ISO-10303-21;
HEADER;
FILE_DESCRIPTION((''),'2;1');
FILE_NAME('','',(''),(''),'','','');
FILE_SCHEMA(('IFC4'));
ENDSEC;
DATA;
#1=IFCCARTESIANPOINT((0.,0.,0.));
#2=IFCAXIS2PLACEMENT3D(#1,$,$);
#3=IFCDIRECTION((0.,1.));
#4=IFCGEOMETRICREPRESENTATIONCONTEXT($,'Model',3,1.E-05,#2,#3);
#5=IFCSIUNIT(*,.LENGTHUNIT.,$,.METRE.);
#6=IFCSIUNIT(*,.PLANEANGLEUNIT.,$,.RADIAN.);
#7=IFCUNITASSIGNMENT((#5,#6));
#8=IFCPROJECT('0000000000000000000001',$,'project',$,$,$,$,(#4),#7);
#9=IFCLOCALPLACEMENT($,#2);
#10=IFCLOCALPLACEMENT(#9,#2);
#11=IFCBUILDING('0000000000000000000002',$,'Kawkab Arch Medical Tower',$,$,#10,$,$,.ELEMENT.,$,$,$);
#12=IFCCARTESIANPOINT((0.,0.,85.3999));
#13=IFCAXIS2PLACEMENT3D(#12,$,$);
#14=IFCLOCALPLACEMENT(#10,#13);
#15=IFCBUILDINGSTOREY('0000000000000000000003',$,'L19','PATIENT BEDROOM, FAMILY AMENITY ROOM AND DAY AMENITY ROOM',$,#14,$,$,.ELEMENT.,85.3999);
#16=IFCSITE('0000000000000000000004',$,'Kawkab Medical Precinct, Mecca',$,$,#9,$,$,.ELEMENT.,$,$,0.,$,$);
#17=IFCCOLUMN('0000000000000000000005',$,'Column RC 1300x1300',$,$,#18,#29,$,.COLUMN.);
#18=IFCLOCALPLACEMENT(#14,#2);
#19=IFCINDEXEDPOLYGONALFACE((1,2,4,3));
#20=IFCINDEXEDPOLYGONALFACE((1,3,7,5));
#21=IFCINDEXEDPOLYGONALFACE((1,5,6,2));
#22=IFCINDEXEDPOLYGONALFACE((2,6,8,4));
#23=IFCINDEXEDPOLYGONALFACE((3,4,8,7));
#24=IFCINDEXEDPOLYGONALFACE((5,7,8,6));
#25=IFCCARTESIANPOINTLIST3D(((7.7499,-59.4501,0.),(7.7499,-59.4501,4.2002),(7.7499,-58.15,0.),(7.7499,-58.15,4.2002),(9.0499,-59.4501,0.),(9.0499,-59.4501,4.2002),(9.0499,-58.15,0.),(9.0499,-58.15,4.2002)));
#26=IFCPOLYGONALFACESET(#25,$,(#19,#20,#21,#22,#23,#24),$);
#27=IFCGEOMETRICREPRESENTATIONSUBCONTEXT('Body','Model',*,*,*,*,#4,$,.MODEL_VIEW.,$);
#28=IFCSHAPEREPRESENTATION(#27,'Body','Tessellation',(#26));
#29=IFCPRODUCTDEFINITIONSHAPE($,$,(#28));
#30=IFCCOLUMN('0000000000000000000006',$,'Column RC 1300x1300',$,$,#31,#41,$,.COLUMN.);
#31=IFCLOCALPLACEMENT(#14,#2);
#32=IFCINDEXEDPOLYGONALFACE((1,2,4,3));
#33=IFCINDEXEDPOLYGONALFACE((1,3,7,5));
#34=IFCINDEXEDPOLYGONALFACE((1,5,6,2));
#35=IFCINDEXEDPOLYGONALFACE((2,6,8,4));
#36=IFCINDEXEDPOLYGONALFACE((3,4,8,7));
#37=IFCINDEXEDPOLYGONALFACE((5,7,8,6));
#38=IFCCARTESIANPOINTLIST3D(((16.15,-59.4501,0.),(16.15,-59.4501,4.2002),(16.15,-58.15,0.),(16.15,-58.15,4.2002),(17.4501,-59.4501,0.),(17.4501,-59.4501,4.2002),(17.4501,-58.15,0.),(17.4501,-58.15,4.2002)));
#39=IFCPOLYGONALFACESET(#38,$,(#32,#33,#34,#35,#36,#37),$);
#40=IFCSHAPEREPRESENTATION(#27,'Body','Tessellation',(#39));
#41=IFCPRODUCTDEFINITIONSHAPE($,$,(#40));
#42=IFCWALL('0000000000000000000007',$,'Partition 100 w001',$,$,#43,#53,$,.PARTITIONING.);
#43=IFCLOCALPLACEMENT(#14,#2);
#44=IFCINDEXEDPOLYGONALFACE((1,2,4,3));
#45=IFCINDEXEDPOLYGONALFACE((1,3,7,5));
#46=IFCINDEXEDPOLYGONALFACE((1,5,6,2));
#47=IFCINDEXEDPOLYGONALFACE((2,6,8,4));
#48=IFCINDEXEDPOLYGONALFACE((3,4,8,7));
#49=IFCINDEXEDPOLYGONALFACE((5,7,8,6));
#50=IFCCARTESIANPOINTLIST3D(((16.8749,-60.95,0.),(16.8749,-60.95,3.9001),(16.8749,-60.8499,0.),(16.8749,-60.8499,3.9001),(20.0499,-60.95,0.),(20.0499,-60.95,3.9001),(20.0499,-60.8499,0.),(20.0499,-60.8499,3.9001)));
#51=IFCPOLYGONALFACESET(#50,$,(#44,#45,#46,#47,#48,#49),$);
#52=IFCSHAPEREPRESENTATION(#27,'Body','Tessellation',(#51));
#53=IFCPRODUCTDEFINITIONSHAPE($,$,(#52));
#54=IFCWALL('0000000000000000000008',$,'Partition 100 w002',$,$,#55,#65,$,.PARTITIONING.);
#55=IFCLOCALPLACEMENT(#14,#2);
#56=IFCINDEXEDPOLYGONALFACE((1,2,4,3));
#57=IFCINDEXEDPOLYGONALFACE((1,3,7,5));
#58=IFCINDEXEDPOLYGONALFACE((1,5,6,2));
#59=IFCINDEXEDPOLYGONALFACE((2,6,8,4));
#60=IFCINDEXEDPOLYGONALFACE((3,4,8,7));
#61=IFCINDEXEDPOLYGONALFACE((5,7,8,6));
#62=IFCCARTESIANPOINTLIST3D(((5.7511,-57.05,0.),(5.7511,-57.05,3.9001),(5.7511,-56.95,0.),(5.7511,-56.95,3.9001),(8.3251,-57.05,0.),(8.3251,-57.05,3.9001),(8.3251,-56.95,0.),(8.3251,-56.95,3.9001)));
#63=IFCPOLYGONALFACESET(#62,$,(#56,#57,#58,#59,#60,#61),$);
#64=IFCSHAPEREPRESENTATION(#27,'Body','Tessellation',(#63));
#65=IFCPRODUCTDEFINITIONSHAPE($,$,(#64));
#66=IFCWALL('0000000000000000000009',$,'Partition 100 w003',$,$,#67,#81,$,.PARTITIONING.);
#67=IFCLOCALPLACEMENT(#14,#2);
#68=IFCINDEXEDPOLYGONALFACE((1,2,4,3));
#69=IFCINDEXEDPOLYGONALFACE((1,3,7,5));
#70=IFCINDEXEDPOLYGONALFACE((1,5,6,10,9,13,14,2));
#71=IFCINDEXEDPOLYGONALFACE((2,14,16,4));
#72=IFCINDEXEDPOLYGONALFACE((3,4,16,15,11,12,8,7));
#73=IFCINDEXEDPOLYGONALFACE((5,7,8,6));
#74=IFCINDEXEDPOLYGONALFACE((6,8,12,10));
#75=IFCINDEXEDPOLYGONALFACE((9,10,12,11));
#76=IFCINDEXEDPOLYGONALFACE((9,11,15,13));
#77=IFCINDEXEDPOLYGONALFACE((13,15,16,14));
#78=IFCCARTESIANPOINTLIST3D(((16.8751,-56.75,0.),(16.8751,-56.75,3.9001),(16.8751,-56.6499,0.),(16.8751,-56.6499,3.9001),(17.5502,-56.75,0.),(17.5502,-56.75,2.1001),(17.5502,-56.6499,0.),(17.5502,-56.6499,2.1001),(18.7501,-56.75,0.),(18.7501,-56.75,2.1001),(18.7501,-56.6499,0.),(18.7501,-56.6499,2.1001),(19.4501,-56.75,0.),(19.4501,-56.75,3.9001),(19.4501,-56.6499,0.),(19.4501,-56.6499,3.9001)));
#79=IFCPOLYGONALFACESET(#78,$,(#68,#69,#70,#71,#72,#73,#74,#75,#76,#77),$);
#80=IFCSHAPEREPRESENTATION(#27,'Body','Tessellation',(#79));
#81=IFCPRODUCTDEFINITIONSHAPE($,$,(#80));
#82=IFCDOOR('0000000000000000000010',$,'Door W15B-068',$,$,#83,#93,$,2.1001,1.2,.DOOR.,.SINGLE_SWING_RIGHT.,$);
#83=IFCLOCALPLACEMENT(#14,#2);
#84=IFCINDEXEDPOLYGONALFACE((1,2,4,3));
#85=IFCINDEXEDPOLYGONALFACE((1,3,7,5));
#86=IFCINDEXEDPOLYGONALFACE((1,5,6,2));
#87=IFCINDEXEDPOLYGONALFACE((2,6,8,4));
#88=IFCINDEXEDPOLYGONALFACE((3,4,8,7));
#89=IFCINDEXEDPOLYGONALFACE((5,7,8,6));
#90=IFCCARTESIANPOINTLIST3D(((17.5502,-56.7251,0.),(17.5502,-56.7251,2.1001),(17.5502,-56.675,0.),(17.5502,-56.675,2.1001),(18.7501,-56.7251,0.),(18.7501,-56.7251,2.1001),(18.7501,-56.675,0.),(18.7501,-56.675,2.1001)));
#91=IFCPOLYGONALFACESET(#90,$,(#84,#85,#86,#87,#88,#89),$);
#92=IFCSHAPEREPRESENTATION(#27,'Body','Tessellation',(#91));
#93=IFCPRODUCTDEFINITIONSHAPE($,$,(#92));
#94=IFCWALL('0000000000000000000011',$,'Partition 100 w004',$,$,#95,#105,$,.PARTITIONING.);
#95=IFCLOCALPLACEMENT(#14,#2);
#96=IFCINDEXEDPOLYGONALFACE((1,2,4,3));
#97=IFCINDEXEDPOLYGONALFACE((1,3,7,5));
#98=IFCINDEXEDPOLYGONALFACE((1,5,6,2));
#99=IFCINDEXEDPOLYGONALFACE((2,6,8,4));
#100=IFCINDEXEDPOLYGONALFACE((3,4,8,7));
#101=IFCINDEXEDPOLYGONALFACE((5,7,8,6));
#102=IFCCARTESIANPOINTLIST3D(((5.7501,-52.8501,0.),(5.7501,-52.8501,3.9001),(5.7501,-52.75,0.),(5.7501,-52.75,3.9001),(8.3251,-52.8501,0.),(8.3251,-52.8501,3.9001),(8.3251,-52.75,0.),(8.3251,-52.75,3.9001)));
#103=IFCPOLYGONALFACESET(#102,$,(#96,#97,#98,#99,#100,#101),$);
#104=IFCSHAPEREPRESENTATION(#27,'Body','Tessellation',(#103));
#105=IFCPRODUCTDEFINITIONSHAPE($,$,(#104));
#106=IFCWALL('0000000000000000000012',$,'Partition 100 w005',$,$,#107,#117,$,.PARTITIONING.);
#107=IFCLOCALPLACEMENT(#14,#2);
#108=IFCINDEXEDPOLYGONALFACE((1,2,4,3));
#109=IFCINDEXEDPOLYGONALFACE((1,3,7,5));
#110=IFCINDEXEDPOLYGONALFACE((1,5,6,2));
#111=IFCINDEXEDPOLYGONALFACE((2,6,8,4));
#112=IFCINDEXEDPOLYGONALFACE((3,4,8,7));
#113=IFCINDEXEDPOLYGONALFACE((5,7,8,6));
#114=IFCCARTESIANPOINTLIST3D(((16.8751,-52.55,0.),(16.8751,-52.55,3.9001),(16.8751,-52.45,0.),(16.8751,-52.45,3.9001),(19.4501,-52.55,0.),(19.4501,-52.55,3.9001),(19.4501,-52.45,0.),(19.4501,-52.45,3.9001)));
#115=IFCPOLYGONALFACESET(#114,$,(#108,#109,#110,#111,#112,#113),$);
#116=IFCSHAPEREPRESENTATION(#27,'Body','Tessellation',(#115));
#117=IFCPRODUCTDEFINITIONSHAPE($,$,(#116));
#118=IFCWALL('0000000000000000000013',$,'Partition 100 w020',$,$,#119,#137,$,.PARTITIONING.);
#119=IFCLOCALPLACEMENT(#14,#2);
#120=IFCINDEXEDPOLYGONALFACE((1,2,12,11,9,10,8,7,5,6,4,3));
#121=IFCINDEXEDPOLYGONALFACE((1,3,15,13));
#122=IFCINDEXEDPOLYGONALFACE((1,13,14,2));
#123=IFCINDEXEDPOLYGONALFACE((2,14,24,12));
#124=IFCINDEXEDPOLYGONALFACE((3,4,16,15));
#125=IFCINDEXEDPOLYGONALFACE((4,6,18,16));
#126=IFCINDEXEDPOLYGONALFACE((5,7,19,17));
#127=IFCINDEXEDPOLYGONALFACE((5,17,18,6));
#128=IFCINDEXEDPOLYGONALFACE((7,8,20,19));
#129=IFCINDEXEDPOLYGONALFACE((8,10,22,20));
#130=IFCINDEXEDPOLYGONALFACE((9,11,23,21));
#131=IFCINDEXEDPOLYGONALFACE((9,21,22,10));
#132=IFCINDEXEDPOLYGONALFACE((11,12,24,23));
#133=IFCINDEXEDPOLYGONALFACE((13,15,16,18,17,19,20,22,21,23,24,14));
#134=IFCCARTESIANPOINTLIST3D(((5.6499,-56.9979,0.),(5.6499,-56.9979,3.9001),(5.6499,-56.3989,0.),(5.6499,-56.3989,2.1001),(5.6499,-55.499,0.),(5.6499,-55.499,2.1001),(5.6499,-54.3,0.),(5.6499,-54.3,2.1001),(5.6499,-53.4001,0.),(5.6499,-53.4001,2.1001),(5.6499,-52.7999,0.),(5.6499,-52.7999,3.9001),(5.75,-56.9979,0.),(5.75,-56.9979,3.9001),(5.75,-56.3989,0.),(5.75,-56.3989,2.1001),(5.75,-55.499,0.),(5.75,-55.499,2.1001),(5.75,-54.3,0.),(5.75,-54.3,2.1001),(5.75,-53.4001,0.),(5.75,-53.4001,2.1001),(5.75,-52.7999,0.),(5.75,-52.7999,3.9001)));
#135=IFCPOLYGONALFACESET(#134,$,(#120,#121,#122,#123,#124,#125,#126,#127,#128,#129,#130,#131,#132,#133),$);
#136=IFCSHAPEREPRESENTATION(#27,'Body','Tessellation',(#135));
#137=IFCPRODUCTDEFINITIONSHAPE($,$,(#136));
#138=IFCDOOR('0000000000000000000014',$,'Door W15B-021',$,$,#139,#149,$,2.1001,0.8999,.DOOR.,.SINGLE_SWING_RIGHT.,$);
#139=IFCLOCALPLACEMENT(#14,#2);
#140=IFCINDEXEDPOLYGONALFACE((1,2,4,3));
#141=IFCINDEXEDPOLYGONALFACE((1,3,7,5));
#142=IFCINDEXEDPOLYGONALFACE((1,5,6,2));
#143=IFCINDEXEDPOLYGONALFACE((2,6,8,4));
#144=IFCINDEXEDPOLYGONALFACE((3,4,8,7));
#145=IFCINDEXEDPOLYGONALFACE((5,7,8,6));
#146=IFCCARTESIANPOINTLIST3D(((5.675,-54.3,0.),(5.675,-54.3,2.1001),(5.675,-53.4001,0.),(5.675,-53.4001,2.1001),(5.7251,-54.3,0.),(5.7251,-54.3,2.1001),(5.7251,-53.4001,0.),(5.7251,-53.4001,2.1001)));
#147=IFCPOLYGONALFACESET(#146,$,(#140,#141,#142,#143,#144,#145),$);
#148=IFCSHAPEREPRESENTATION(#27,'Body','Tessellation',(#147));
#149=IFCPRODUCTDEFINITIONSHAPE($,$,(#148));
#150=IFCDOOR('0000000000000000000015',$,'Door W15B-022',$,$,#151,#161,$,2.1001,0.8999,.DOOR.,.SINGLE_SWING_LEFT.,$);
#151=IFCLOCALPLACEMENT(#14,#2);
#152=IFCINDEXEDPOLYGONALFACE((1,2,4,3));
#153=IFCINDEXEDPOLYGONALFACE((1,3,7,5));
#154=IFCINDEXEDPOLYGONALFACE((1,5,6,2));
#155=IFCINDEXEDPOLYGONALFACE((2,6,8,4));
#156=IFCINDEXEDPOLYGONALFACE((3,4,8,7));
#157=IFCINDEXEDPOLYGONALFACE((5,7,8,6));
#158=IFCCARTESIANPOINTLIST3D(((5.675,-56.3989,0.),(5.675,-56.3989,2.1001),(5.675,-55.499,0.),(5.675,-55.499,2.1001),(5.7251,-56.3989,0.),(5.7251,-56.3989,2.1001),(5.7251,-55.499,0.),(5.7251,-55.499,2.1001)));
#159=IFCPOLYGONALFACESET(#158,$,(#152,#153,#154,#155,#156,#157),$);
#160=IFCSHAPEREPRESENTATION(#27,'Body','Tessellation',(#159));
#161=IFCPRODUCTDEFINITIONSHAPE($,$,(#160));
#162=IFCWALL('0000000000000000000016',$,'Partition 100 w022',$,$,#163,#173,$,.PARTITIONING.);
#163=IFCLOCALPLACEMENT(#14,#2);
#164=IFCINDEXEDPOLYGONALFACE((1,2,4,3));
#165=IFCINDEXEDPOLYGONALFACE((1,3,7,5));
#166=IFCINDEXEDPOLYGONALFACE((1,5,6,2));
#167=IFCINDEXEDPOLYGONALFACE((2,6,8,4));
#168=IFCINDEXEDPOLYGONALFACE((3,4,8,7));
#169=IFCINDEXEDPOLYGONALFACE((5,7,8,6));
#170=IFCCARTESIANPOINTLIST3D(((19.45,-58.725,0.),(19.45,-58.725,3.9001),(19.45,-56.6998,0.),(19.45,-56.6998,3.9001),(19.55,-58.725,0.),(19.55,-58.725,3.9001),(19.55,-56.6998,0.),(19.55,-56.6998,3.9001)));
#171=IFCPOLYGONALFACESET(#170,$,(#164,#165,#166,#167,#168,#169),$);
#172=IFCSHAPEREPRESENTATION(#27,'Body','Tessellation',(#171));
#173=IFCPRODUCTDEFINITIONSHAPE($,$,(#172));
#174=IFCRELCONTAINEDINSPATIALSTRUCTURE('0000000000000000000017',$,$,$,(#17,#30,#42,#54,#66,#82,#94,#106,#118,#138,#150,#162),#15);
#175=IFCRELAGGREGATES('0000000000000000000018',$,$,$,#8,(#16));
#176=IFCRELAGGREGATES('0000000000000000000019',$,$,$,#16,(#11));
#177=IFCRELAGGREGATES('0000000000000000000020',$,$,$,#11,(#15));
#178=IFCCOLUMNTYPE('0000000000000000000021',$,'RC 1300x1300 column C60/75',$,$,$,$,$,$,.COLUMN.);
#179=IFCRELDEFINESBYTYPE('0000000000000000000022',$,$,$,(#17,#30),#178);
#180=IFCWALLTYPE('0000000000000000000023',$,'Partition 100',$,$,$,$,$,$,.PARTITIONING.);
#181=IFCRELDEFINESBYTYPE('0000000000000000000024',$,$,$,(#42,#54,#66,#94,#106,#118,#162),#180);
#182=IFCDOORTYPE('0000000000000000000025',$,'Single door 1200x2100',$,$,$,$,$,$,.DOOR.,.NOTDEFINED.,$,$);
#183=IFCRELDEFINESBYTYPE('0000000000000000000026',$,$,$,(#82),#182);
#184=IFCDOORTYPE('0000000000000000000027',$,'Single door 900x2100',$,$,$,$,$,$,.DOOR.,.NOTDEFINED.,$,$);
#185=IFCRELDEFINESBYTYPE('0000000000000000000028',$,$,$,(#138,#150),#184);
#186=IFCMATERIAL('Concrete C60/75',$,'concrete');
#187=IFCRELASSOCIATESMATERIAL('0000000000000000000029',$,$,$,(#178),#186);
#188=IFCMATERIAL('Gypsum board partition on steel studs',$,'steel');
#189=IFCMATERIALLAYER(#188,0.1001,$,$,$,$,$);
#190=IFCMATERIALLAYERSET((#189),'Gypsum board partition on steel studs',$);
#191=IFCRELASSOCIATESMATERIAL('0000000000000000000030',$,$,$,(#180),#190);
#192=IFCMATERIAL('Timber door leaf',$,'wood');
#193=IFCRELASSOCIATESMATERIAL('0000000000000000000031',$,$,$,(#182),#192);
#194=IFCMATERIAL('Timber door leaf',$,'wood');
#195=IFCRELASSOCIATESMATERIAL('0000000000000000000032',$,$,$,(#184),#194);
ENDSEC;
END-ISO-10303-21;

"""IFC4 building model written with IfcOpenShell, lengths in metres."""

from ifc_helpers import new_model, si_unit, direction, frame, frame_2d, origin, origin_2d, place, context, subcontext, project, spatial, rectangle, extrude, material, layer, layer_set, material_profile, profile_set, type_object, element, fill, save


model = new_model("IFC4")

# Units and contexts
model_context = context("Model", 3, precision=1e-05, world=origin(), true_north=direction((0.0, 1.0)))
body_context = subcontext(model_context, "Body", "Model", "MODEL_VIEW")
ifc_project = project(units=[si_unit("LENGTHUNIT", "METRE"), si_unit("PLANEANGLEUNIT", "RADIAN")], contexts=[model_context])

# Site, building, storey
site_placement = place(None, origin())
site = spatial("IfcSite", under=ifc_project, at=site_placement, Name="Kawkab Medical Precinct, Mecca", CompositionType="ELEMENT", RefElevation=0.0)
building_placement = place(site_placement, origin())
building = spatial("IfcBuilding", under=site, at=building_placement, Name="Kawkab Arch Medical Tower", CompositionType="ELEMENT")
storey_placement = place(building_placement, frame((0.0, 0.0, 85.3999)))
storey = spatial("IfcBuildingStorey", under=building, at=storey_placement, Name="L19", Description="PATIENT BEDROOM, FAMILY AMENITY ROOM AND DAY AMENITY ROOM", CompositionType="ELEMENT", Elevation=85.3999)

# Columns
ifc_material_1 = material(Name="Concrete C60/75", Category="concrete")
ifc_material_profile = material_profile(ifc_material_1, rectangle(XDim=1.3, YDim=1.3, at=origin_2d()), Name="RC 1300x1300")
ifc_profile_set = profile_set([ifc_material_profile], Name="Concrete C60/75")
column_type = type_object("IfcColumnType", Name="RC 1300x1300 column C60/75", PredefinedType="COLUMN", material=ifc_profile_set)
for number, where, z_axis, x_axis, name in (
    (1, (8.3999, -58.8, 0.0), (0.0, 0.0, 1.0), (1.0, 0.0, 0.0), "Column RC 1300x1300"),
    (2, (16.8, -58.8, 0.0), (0.0, 0.0, 1.0), (1.0, 0.0, 0.0), "Column RC 1300x1300"),
):
    element("IfcColumn", number, at=place(storey_placement, frame(where, z_axis=z_axis, x_axis=x_axis)), inside=storey, type_object=column_type, Name=name, PredefinedType="COLUMN", context=body_context, shape_type="SweptSolid", body=[
        extrude(rectangle(XDim=1.3, YDim=1.3, at=origin_2d()), origin(), (0.0, 0.0, 1.0), 4.2002),
    ])

# Walls
ifc_material_2 = material(Name="Gypsum board partition on steel studs", Category="steel")
ifc_layer_1 = layer(ifc_material_2, 0.1001)
ifc_layer_set_1 = layer_set([ifc_layer_1], Name="Gypsum board partition on steel studs")
wall_type_1 = type_object("IfcWallType", Name="Partition 100", PredefinedType="PARTITIONING", material=ifc_layer_set_1)
wall_1_placement = place(storey_placement, frame((16.875, -60.8999, 0.0), z_axis=(0.0, 0.0, 1.0), x_axis=(1.0, 0.0, 0.0)))
element("IfcWall", 3, at=wall_1_placement, inside=storey, type_object=wall_type_1, Name="Partition 100 w001", PredefinedType="PARTITIONING", context=body_context, shape_type="SweptSolid", body=[
    extrude(rectangle(XDim=3.175, YDim=0.1001, at=frame_2d((1.5874, 0.0))), origin(), (0.0, 0.0, 1.0), 3.9001),
])
wall_2_placement = place(storey_placement, frame((5.751, -57.0, 0.0), z_axis=(0.0, 0.0, 1.0), x_axis=(1.0, 0.0, 0.0)))
element("IfcWall", 4, at=wall_2_placement, inside=storey, type_object=wall_type_1, Name="Partition 100 w002", PredefinedType="PARTITIONING", context=body_context, shape_type="SweptSolid", body=[
    extrude(rectangle(XDim=2.574, YDim=0.1001, at=frame_2d((1.2871, 0.0))), origin(), (0.0, 0.0, 1.0), 3.9001),
])

# Wall, opening, door
wall_3_placement = place(storey_placement, frame((16.875, -56.7, 0.0), z_axis=(0.0, 0.0, 1.0), x_axis=(1.0, 0.0, 0.0)))
wall_3 = element("IfcWall", 5, at=wall_3_placement, inside=storey, type_object=wall_type_1, Name="Partition 100 w003", PredefinedType="PARTITIONING", context=body_context, shape_type="SweptSolid", body=[
    extrude(rectangle(XDim=2.575, YDim=0.1001, at=frame_2d((1.2876, 0.0))), origin(), (0.0, 0.0, 1.0), 3.9001),
])
opening_1_placement = place(wall_3_placement, frame((0.675, 0.0, 0.0)))
opening_1 = element("IfcOpeningElement", 6, at=opening_1_placement, cuts=wall_3, PredefinedType="OPENING", context=body_context, shape_type="SweptSolid", body=[
    extrude(rectangle(XDim=1.2, YDim=2.1001, at=frame_2d((0.6001, 1.05))), frame((0.0, 0.0601, 0.0), z_axis=(0.0, -1.0, 0.0), x_axis=(1.0, 0.0, 0.0)), (0.0, 0.0, 1.0), 0.1201),
])
ifc_material_3 = material(Name="Timber door leaf", Category="wood")
door_type_1 = type_object("IfcDoorType", Name="Single door 1200x2100", OperationType="NOTDEFINED", PredefinedType="DOOR", material=ifc_material_3)
door_1_placement = place(opening_1_placement, origin())
door_1 = element("IfcDoor", 7, at=door_1_placement, inside=storey, type_object=door_type_1, Name="Door W15B-068", OperationType="SINGLE_SWING_RIGHT", OverallHeight=2.1001, OverallWidth=1.2, PredefinedType="DOOR", context=body_context, shape_type="SweptSolid", body=[
    extrude(rectangle(XDim=1.2, YDim=2.1001, at=frame_2d((0.6001, 1.05))), frame((0.0, 0.0249, 0.0), z_axis=(0.0, -1.0, 0.0), x_axis=(1.0, 0.0, 0.0)), (0.0, 0.0, 1.0), 0.05),
])
fill(opening_1, door_1)

# Walls
for number, where, z_axis, x_axis, name in (
    (8, (5.75, -52.8, 0.0), (0.0, 0.0, 1.0), (1.0, 0.0, 0.0), "Partition 100 w004"),
    (9, (16.875, -52.5, 0.0), (0.0, 0.0, 1.0), (1.0, 0.0, 0.0), "Partition 100 w005"),
):
    element("IfcWall", number, at=place(storey_placement, frame(where, z_axis=z_axis, x_axis=x_axis)), inside=storey, type_object=wall_type_1, Name=name, PredefinedType="PARTITIONING", context=body_context, shape_type="SweptSolid", body=[
        extrude(rectangle(XDim=2.575, YDim=0.1001, at=frame_2d((1.2876, 0.0))), origin(), (0.0, 0.0, 1.0), 3.9001),
    ])

# Wall, openings, doors
wall_4_placement = place(storey_placement, frame((5.7, -56.998, 0.0), z_axis=(0.0, 0.0, 1.0), x_axis=(0.0, 1.0, 0.0)))
wall_4 = element("IfcWall", 10, at=wall_4_placement, inside=storey, type_object=wall_type_1, Name="Partition 100 w020", PredefinedType="PARTITIONING", context=body_context, shape_type="SweptSolid", body=[
    extrude(rectangle(XDim=4.198, YDim=0.1001, at=frame_2d((2.0991, 0.0))), origin(), (0.0, 0.0, 1.0), 3.9001),
])
opening_2_placement = place(wall_4_placement, frame((2.698, 0.0, 0.0)))
opening_2 = element("IfcOpeningElement", 11, at=opening_2_placement, cuts=wall_4, PredefinedType="OPENING", context=body_context, shape_type="SweptSolid", body=[
    extrude(rectangle(XDim=0.8999, YDim=2.1001, at=frame_2d((0.45, 1.05))), frame((0.0, 0.0601, 0.0), z_axis=(0.0, -1.0, 0.0), x_axis=(1.0, 0.0, 0.0)), (0.0, 0.0, 1.0), 0.1201),
])
opening_3_placement = place(wall_4_placement, frame((0.5991, 0.0, 0.0)))
opening_3 = element("IfcOpeningElement", 12, at=opening_3_placement, cuts=wall_4, PredefinedType="OPENING", context=body_context, shape_type="SweptSolid", body=[
    extrude(rectangle(XDim=0.8999, YDim=2.1001, at=frame_2d((0.45, 1.05))), frame((0.0, 0.0601, 0.0), z_axis=(0.0, -1.0, 0.0), x_axis=(1.0, 0.0, 0.0)), (0.0, 0.0, 1.0), 0.1201),
])
ifc_material_4 = material(Name="Timber door leaf", Category="wood")
door_type_2 = type_object("IfcDoorType", Name="Single door 900x2100", OperationType="NOTDEFINED", PredefinedType="DOOR", material=ifc_material_4)
door_2_placement = place(opening_2_placement, origin())
door_2 = element("IfcDoor", 13, at=door_2_placement, inside=storey, type_object=door_type_2, Name="Door W15B-021", OperationType="SINGLE_SWING_RIGHT", OverallHeight=2.1001, OverallWidth=0.8999, PredefinedType="DOOR", context=body_context, shape_type="SweptSolid", body=[
    extrude(rectangle(XDim=0.8999, YDim=2.1001, at=frame_2d((0.45, 1.05))), frame((0.0, 0.0249, 0.0), z_axis=(0.0, -1.0, 0.0), x_axis=(1.0, 0.0, 0.0)), (0.0, 0.0, 1.0), 0.05),
])
fill(opening_2, door_2)
door_3_placement = place(opening_3_placement, origin())
door_3 = element("IfcDoor", 14, at=door_3_placement, inside=storey, type_object=door_type_2, Name="Door W15B-022", OperationType="SINGLE_SWING_LEFT", OverallHeight=2.1001, OverallWidth=0.8999, PredefinedType="DOOR", context=body_context, shape_type="SweptSolid", body=[
    extrude(rectangle(XDim=0.8999, YDim=2.1001, at=frame_2d((0.45, 1.05))), frame((0.0, 0.0249, 0.0), z_axis=(0.0, -1.0, 0.0), x_axis=(1.0, 0.0, 0.0)), (0.0, 0.0, 1.0), 0.05),
])
fill(opening_3, door_3)

# Wall
wall_5_placement = place(storey_placement, frame((19.5, -58.7251, 0.0), z_axis=(0.0, 0.0, 1.0), x_axis=(0.0, 1.0, 0.0)))
element("IfcWall", 15, at=wall_5_placement, inside=storey, type_object=wall_type_1, Name="Partition 100 w022", PredefinedType="PARTITIONING", context=body_context, shape_type="SweptSolid", body=[
    extrude(rectangle(XDim=2.0251, YDim=0.1001, at=frame_2d((1.0127, 0.0))), origin(), (0.0, 0.0, 1.0), 3.9001),
])

save(model, "model.ifc")
